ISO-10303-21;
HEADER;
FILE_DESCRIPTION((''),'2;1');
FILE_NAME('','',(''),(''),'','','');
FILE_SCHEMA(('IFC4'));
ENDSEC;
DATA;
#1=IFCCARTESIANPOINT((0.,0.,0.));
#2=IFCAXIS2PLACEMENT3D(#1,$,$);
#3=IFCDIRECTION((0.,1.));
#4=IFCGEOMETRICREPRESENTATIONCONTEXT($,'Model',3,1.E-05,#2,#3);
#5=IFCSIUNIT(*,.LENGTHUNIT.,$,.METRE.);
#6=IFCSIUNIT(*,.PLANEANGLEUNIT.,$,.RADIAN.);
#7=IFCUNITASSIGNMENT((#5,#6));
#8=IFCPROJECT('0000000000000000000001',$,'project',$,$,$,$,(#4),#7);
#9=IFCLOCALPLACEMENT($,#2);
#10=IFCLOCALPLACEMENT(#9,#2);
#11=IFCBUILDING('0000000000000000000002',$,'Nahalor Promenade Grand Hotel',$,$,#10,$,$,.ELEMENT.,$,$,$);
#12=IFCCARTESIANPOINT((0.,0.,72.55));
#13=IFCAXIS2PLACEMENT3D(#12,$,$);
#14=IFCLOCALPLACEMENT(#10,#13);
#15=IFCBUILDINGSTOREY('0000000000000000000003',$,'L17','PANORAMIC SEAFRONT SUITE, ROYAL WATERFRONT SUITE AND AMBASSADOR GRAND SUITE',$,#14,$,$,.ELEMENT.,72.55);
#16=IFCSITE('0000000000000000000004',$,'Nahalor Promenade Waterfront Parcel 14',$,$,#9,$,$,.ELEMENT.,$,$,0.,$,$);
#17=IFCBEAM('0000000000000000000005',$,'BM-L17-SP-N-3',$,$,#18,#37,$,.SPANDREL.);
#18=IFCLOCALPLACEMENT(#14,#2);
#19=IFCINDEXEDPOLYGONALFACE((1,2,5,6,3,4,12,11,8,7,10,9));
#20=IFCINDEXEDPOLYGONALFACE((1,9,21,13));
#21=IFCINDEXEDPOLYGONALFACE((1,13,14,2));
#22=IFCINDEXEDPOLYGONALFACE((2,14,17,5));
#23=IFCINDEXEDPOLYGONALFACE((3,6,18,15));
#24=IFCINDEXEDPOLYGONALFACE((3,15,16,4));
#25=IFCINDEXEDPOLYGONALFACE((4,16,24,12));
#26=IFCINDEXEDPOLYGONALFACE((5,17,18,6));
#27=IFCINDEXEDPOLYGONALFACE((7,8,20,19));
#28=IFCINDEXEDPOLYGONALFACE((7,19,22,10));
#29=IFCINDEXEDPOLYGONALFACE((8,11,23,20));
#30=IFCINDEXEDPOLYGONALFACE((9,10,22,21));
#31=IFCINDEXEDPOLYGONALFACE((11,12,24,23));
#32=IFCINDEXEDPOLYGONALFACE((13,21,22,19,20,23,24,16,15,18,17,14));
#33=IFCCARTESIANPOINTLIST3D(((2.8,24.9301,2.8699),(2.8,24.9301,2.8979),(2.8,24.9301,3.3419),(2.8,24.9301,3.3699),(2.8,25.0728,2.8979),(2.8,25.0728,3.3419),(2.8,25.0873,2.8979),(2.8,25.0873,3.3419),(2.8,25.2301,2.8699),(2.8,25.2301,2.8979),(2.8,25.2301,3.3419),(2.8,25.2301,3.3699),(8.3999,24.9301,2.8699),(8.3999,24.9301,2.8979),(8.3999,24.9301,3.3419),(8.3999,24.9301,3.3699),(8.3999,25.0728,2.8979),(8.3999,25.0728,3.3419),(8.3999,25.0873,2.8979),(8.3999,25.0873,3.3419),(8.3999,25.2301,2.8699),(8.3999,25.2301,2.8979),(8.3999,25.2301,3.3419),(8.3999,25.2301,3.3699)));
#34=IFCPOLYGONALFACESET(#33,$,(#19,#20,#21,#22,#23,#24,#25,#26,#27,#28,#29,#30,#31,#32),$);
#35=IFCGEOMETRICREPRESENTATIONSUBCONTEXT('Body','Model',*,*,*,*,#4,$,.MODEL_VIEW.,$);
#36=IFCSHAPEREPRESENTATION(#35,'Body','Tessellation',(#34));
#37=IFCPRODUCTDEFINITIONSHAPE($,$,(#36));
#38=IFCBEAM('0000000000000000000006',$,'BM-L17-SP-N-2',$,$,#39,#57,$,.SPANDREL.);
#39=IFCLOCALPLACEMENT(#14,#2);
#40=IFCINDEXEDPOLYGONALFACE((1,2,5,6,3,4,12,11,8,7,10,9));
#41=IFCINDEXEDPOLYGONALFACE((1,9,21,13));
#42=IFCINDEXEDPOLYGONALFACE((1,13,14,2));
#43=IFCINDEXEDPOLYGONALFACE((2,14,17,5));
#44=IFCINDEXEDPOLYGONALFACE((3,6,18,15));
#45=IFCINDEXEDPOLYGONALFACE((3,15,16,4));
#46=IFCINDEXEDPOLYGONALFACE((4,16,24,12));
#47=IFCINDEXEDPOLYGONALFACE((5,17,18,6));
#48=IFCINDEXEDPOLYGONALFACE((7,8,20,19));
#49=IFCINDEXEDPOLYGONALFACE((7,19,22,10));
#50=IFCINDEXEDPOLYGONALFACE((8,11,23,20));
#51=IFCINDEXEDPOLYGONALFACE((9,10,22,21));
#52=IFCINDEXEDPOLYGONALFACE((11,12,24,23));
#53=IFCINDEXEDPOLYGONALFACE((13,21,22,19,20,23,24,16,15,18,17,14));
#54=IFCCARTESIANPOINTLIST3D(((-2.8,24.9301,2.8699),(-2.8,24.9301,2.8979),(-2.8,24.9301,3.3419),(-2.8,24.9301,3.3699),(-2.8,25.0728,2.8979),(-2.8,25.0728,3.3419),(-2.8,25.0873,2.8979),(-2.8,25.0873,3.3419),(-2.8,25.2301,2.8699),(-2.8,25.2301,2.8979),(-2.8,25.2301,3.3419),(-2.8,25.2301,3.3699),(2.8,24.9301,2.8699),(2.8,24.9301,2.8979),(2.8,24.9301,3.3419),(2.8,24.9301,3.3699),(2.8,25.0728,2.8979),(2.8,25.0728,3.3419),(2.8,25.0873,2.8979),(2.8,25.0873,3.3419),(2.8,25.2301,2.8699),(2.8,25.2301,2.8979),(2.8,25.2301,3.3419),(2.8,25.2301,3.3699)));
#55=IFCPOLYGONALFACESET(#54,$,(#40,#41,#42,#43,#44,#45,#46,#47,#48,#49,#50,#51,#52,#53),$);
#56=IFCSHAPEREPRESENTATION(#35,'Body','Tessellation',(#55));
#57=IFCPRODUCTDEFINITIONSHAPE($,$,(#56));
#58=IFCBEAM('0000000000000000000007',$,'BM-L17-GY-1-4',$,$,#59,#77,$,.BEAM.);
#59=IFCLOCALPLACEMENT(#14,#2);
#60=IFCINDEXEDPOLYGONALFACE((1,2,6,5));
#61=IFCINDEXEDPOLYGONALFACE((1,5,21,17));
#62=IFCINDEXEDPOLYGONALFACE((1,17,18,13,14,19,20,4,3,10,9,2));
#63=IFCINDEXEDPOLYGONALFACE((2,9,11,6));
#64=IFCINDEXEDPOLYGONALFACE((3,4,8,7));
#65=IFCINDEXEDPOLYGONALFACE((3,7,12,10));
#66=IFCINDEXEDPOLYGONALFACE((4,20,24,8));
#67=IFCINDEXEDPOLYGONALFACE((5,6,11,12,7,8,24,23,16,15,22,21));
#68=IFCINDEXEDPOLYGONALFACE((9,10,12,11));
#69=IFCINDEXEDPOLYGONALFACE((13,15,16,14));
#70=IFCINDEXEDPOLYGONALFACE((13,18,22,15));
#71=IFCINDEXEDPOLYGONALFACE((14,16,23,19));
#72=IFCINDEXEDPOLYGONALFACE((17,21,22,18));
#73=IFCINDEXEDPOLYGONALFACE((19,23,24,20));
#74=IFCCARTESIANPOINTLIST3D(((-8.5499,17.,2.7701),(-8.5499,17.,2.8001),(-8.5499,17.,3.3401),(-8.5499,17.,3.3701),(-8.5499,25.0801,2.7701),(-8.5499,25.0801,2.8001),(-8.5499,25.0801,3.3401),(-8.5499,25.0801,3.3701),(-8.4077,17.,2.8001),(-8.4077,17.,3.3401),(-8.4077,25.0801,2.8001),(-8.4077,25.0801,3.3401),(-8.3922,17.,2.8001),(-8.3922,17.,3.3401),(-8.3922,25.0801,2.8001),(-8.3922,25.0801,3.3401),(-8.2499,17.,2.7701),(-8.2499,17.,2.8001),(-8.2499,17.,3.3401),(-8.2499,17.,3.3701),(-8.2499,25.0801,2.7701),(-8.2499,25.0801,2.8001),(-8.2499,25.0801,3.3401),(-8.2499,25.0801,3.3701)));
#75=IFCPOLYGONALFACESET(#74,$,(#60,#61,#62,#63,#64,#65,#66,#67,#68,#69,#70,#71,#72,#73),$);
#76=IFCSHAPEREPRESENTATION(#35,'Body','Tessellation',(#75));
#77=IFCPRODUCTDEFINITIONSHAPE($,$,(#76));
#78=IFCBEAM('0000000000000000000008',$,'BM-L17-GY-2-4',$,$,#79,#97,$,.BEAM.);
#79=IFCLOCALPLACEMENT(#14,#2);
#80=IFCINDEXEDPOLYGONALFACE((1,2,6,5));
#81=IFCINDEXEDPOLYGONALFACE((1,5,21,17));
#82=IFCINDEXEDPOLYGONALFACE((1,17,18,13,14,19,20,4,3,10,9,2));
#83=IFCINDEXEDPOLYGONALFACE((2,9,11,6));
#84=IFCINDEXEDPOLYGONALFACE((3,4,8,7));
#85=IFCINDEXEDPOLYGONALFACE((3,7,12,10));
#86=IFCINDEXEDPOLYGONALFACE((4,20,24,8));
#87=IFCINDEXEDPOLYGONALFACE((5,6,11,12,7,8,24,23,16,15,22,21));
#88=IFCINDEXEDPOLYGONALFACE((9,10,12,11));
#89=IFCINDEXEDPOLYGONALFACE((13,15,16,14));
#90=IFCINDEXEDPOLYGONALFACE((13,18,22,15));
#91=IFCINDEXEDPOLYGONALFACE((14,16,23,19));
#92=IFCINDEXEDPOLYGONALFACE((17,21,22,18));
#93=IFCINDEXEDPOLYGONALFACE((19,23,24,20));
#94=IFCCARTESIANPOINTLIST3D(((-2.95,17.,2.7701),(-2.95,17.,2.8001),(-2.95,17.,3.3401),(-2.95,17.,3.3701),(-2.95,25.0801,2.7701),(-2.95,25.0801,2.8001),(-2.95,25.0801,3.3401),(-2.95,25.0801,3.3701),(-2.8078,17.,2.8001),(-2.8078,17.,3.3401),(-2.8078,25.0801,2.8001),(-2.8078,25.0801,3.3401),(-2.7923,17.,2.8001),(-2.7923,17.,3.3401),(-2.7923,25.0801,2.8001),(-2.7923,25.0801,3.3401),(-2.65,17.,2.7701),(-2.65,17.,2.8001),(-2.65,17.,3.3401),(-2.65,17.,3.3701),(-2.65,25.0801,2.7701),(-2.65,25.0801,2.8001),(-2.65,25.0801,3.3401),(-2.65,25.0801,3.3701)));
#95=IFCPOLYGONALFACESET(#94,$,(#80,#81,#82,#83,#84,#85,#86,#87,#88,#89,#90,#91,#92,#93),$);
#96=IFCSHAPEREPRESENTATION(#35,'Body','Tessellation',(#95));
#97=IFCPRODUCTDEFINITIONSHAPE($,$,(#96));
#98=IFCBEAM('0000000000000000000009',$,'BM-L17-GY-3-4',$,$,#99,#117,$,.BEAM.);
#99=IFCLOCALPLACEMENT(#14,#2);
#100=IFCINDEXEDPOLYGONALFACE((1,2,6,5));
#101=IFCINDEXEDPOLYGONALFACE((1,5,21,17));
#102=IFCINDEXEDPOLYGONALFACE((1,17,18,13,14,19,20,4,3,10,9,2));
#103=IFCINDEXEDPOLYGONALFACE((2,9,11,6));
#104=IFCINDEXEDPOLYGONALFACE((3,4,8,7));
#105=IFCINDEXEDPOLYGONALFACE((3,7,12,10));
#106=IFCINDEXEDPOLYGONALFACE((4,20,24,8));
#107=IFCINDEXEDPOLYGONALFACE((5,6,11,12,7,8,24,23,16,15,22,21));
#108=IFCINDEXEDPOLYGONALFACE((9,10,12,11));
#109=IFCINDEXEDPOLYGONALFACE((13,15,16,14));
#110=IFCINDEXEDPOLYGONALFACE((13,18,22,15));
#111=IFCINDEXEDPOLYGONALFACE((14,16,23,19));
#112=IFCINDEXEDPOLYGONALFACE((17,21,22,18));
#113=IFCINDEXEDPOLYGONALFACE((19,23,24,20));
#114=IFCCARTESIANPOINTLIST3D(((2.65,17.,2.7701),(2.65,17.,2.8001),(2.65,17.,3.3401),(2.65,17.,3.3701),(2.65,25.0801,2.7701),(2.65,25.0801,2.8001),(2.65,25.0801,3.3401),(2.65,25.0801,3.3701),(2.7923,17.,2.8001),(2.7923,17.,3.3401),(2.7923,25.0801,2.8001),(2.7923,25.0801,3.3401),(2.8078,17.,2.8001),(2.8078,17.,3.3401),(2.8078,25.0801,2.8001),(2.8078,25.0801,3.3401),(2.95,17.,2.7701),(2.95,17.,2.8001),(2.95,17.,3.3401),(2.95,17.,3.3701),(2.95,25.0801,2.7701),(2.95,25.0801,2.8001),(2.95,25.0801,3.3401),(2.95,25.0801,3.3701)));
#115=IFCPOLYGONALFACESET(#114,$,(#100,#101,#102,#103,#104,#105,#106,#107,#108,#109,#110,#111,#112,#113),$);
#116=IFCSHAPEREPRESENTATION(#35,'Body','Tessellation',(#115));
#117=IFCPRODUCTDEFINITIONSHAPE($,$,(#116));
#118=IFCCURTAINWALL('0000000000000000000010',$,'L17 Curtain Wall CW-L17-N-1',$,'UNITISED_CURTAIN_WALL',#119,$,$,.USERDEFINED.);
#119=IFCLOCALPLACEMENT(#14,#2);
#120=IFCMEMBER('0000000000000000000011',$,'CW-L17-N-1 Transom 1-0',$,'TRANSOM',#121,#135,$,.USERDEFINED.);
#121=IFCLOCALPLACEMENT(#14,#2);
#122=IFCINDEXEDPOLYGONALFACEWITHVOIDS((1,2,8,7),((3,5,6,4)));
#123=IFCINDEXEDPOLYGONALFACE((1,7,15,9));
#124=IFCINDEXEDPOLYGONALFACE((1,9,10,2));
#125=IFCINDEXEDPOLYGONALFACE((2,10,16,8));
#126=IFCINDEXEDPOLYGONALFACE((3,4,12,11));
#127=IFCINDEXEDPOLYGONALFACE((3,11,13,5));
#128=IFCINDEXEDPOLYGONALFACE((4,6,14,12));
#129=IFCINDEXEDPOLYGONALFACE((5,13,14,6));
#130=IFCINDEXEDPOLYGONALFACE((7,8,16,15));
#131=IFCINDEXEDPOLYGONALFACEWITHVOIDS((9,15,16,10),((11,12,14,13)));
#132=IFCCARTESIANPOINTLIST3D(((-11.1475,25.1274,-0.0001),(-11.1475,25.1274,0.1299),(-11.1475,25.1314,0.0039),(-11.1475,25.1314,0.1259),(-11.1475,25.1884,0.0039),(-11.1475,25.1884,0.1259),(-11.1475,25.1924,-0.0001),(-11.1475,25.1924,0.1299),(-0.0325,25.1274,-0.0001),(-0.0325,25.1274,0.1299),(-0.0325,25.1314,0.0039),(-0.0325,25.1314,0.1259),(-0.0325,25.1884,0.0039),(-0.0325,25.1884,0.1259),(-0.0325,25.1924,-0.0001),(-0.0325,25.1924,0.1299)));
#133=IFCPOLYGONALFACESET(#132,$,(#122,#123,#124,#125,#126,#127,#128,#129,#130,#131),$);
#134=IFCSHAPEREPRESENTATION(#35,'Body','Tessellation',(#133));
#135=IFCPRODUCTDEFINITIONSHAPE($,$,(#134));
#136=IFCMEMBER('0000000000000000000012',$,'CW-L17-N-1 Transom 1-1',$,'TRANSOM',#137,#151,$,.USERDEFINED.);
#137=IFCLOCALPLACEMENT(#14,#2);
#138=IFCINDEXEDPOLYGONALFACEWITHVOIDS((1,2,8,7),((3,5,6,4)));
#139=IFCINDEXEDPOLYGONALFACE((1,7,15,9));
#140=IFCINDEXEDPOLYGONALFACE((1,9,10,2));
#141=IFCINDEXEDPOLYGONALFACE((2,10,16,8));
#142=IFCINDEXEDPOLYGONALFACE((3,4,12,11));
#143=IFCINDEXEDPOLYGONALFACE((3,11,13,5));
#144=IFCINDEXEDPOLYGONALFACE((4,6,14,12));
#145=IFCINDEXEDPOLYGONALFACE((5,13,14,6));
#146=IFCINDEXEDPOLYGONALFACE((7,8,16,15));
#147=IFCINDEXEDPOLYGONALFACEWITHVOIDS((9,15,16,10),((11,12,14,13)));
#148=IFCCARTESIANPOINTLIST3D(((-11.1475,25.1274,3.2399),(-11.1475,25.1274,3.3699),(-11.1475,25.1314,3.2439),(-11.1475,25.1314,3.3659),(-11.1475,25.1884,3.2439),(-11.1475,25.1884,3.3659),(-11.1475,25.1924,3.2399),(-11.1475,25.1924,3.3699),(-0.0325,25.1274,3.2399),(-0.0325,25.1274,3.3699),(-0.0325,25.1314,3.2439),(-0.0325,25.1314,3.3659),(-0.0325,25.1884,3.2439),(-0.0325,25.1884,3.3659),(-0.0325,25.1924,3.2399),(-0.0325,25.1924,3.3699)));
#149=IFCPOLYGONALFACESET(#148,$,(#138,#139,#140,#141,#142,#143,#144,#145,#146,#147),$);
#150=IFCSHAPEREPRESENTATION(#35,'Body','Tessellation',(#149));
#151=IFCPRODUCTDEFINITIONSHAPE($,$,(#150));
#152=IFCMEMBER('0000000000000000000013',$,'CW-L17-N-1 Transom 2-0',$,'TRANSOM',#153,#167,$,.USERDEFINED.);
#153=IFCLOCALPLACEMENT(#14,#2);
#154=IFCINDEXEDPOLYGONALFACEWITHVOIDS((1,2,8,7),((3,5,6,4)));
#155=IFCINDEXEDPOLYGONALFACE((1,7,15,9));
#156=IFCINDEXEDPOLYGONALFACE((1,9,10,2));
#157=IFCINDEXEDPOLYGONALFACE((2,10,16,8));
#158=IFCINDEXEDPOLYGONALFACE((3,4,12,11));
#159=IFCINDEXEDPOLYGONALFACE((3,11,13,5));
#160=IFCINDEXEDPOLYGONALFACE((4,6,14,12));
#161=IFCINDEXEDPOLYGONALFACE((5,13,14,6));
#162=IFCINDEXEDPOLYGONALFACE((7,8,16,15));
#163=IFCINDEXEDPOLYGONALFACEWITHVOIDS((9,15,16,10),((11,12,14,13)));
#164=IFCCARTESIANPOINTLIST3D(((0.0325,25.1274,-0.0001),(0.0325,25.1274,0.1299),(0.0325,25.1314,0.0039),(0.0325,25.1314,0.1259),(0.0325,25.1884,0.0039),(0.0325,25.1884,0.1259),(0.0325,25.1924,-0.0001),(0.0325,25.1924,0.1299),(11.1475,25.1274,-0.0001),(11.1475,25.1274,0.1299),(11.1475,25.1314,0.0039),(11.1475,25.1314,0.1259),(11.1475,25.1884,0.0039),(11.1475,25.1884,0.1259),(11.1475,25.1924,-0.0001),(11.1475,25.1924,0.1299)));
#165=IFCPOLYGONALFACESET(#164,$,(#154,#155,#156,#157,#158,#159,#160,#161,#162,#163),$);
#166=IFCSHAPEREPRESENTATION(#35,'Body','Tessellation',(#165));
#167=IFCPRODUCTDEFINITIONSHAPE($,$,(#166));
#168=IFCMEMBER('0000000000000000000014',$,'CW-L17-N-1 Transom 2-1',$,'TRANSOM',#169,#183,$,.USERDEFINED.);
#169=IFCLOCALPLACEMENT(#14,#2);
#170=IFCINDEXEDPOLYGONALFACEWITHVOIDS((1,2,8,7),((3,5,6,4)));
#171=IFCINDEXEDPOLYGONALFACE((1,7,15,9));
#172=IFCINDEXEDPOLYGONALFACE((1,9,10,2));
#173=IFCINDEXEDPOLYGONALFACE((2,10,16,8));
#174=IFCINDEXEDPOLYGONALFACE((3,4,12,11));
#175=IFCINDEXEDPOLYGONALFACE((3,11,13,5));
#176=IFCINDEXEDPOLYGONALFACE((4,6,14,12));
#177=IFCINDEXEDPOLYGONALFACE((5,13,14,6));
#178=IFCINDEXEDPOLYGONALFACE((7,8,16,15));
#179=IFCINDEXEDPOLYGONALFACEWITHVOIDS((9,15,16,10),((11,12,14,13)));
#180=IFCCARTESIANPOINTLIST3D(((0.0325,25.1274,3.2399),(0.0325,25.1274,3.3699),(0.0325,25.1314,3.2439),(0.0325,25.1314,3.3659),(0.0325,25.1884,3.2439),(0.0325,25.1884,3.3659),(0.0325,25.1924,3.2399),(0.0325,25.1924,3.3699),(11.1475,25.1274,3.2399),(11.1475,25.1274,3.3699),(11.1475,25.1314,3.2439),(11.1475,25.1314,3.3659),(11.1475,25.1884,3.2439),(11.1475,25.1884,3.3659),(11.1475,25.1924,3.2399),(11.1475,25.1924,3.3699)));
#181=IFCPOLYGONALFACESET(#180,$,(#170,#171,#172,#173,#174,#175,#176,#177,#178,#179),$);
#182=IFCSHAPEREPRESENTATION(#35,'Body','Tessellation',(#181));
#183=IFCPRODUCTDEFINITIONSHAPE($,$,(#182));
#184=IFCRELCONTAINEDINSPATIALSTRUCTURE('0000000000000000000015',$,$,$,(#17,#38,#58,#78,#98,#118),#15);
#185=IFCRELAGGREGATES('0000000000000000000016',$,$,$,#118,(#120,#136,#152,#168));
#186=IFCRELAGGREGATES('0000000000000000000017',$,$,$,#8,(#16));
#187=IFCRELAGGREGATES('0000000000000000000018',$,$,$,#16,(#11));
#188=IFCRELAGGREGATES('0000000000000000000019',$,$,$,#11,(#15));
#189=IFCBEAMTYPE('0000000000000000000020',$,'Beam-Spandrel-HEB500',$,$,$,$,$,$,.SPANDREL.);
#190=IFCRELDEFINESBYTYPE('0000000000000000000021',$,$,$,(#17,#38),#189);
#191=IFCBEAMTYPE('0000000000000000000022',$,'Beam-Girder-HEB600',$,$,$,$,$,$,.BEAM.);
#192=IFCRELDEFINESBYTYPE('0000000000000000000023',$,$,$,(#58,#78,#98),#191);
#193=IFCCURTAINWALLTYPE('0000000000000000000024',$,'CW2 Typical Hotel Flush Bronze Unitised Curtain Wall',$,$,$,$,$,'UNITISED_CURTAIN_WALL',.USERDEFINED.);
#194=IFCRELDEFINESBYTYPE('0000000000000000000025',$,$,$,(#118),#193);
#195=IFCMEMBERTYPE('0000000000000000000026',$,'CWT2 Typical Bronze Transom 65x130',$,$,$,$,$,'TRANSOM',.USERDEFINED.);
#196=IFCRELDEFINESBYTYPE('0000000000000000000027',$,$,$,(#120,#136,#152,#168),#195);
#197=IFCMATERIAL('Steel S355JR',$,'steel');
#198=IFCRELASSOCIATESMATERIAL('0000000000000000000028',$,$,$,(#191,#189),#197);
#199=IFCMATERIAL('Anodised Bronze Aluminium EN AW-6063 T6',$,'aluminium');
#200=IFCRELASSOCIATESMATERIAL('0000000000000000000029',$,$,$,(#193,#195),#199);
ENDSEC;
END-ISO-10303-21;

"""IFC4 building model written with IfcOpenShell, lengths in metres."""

from ifc_helpers import new_model, si_unit, direction, frame, origin, origin_2d, place, context, subcontext, project, spatial, hollow_rectangle, i_section, extrude, source, transform, mapped, material, material_profile, profile_set, type_object, element, aggregate, save


model = new_model("IFC4")

# Units and contexts
model_context = context("Model", 3, precision=1e-05, world=origin(), true_north=direction((0.0, 1.0)))
body_context = subcontext(model_context, "Body", "Model", "MODEL_VIEW")
ifc_project = project(units=[si_unit("LENGTHUNIT", "METRE"), si_unit("PLANEANGLEUNIT", "RADIAN")], contexts=[model_context])

# Site, building, storey
site_placement = place(None, origin())
site = spatial("IfcSite", under=ifc_project, at=site_placement, Name="Nahalor Promenade Waterfront Parcel 14", CompositionType="ELEMENT", RefElevation=0.0)
building_placement = place(site_placement, origin())
building = spatial("IfcBuilding", under=site, at=building_placement, Name="Nahalor Promenade Grand Hotel", CompositionType="ELEMENT")
storey_placement = place(building_placement, frame((0.0, 0.0, 72.55)))
storey = spatial("IfcBuildingStorey", under=building, at=storey_placement, Name="L17", Description="PANORAMIC SEAFRONT SUITE, ROYAL WATERFRONT SUITE AND AMBASSADOR GRAND SUITE", CompositionType="ELEMENT", Elevation=72.55)

# Beams
ifc_material_1 = material(Name="Steel S355JR", Category="steel")
ifc_material_profile_1 = material_profile(ifc_material_1, i_section(OverallWidth=0.3, OverallDepth=0.6, WebThickness=0.0155, FlangeThickness=0.03, at=origin_2d()), Name="HEB 600")
ifc_profile_set_1 = profile_set([ifc_material_profile_1], Name="Steel S355JR")
beam_type_1 = type_object("IfcBeamType", Name="Beam-Girder-HEB600", PredefinedType="BEAM", material=ifc_profile_set_1)
ifc_material_profile_2 = material_profile(ifc_material_1, i_section(OverallWidth=0.3, OverallDepth=0.5, WebThickness=0.0145, FlangeThickness=0.028, at=origin_2d()), Name="HEB 500")
ifc_profile_set_2 = profile_set([ifc_material_profile_2], Name="Steel S355JR")
beam_type_2 = type_object("IfcBeamType", Name="Beam-Spandrel-HEB500", PredefinedType="SPANDREL", material=ifc_profile_set_2)
shared_shape_1 = source(origin(), body_context, "Body", "SweptSolid", [
    extrude(i_section(OverallWidth=0.3, OverallDepth=0.5, WebThickness=0.0145, FlangeThickness=0.028, at=origin_2d()), origin(), (0.0, 0.0, 1.0), 5.5999),
])
for number, where, z_axis, x_axis, name in (
    (1, (2.8, 25.0801, 3.1199), (1.0, 0.0, 0.0), (0.0, 1.0, 0.0), "BM-L17-SP-N-3"),
):
    element("IfcBeam", number, at=place(storey_placement, frame(where, z_axis=z_axis, x_axis=x_axis)), inside=storey, type_object=beam_type_2, Name=name, PredefinedType="SPANDREL", context=body_context, shape_type="MappedRepresentation", body=[
        mapped(shared_shape_1, transform((0.0, 0.0, 0.0), scale=1.0)),
    ])
shared_shape_2 = source(origin(), body_context, "Body", "SweptSolid", [
    extrude(i_section(OverallWidth=0.3, OverallDepth=0.5, WebThickness=0.0145, FlangeThickness=0.028, at=origin_2d()), origin(), (0.0, 0.0, 1.0), 5.6001),
])
beam_1_placement = place(storey_placement, frame((-2.8, 25.0801, 3.1199), z_axis=(1.0, 0.0, 0.0), x_axis=(0.0, 1.0, 0.0)))
element("IfcBeam", 2, at=beam_1_placement, inside=storey, type_object=beam_type_2, Name="BM-L17-SP-N-2", PredefinedType="SPANDREL", context=body_context, shape_type="MappedRepresentation", body=[
    mapped(shared_shape_2, transform((0.0, 0.0, 0.0), scale=1.0)),
])
shared_shape_3 = source(origin(), body_context, "Body", "SweptSolid", [
    extrude(i_section(OverallWidth=0.3, OverallDepth=0.6, WebThickness=0.0155, FlangeThickness=0.03, at=origin_2d()), origin(), (0.0, 0.0, 1.0), 8.0801),
])
for number, where, z_axis, x_axis, name in (
    (3, (-8.3999, 17.0, 3.0701), (0.0, 1.0, 0.0), (-1.0, 0.0, 0.0), "BM-L17-GY-1-4"),
    (4, (-2.8, 17.0, 3.0701), (0.0, 1.0, 0.0), (-1.0, 0.0, 0.0), "BM-L17-GY-2-4"),
    (5, (2.8, 17.0, 3.0701), (0.0, 1.0, 0.0), (-1.0, 0.0, 0.0), "BM-L17-GY-3-4"),
):
    element("IfcBeam", number, at=place(storey_placement, frame(where, z_axis=z_axis, x_axis=x_axis)), inside=storey, type_object=beam_type_1, Name=name, PredefinedType="BEAM", context=body_context, shape_type="MappedRepresentation", body=[
        mapped(shared_shape_3, transform((0.0, 0.0, 0.0), scale=1.0)),
    ])

# Curtain wall, members
ifc_material_2 = material(Name="Anodised Bronze Aluminium EN AW-6063 T6", Category="aluminium")
curtain_wall_type = type_object("IfcCurtainWallType", Name="CW2 Typical Hotel Flush Bronze Unitised Curtain Wall", ElementType="UNITISED_CURTAIN_WALL", PredefinedType="USERDEFINED", material=ifc_material_2)
curtain_wall_placement = place(storey_placement, origin())
curtain_wall = element("IfcCurtainWall", 6, at=curtain_wall_placement, inside=storey, type_object=curtain_wall_type, Name="L17 Curtain Wall CW-L17-N-1", ObjectType="UNITISED_CURTAIN_WALL", PredefinedType="USERDEFINED")
ifc_material_profile_3 = material_profile(ifc_material_2, hollow_rectangle(XDim=0.065, YDim=0.13, WallThickness=0.004, at=origin_2d()), Name="CWT 65x130x4")
ifc_profile_set_3 = profile_set([ifc_material_profile_3], Name="Anodised Bronze Aluminium EN AW-6063 T6")
member_type_1 = type_object("IfcMemberType", Name="CWT2 Typical Bronze Transom 65x130", ElementType="TRANSOM", PredefinedType="USERDEFINED", material=ifc_profile_set_3)
shared_shape_4 = source(origin(), body_context, "Body", "SweptSolid", [
    extrude(hollow_rectangle(XDim=0.065, YDim=0.13, WallThickness=0.004, at=origin_2d()), origin(), (0.0, 0.0, 1.0), 11.115),
])
member_1_placement = place(storey_placement, frame((-11.1475, 25.1599, 0.0649), z_axis=(1.0, 0.0, 0.0), x_axis=(0.0, 1.0, 0.0)))
member_1 = element("IfcMember", 7, at=member_1_placement, type_object=member_type_1, Name="CW-L17-N-1 Transom 1-0", ObjectType="TRANSOM", PredefinedType="USERDEFINED", context=body_context, shape_type="MappedRepresentation", body=[
    mapped(shared_shape_4, transform((0.0, 0.0, 0.0), scale=1.0)),
])
member_2_placement = place(storey_placement, frame((-11.1475, 25.1599, 3.3049), z_axis=(1.0, 0.0, 0.0), x_axis=(0.0, 1.0, 0.0)))
member_2 = element("IfcMember", 8, at=member_2_placement, type_object=member_type_1, Name="CW-L17-N-1 Transom 1-1", ObjectType="TRANSOM", PredefinedType="USERDEFINED", context=body_context, shape_type="MappedRepresentation", body=[
    mapped(shared_shape_4, transform((0.0, 0.0, 0.0), scale=1.0)),
])
member_3_placement = place(storey_placement, frame((0.0325, 25.1599, 0.0649), z_axis=(1.0, 0.0, 0.0), x_axis=(0.0, 1.0, 0.0)))
member_3 = element("IfcMember", 9, at=member_3_placement, type_object=member_type_1, Name="CW-L17-N-1 Transom 2-0", ObjectType="TRANSOM", PredefinedType="USERDEFINED", context=body_context, shape_type="MappedRepresentation", body=[
    mapped(shared_shape_4, transform((0.0, 0.0, 0.0), scale=1.0)),
])
member_4_placement = place(storey_placement, frame((0.0325, 25.1599, 3.3049), z_axis=(1.0, 0.0, 0.0), x_axis=(0.0, 1.0, 0.0)))
member_4 = element("IfcMember", 10, at=member_4_placement, type_object=member_type_1, Name="CW-L17-N-1 Transom 2-1", ObjectType="TRANSOM", PredefinedType="USERDEFINED", context=body_context, shape_type="MappedRepresentation", body=[
    mapped(shared_shape_4, transform((0.0, 0.0, 0.0), scale=1.0)),
])
aggregate(curtain_wall, [member_1, member_2, member_3, member_4])

save(model, "model.ifc")
